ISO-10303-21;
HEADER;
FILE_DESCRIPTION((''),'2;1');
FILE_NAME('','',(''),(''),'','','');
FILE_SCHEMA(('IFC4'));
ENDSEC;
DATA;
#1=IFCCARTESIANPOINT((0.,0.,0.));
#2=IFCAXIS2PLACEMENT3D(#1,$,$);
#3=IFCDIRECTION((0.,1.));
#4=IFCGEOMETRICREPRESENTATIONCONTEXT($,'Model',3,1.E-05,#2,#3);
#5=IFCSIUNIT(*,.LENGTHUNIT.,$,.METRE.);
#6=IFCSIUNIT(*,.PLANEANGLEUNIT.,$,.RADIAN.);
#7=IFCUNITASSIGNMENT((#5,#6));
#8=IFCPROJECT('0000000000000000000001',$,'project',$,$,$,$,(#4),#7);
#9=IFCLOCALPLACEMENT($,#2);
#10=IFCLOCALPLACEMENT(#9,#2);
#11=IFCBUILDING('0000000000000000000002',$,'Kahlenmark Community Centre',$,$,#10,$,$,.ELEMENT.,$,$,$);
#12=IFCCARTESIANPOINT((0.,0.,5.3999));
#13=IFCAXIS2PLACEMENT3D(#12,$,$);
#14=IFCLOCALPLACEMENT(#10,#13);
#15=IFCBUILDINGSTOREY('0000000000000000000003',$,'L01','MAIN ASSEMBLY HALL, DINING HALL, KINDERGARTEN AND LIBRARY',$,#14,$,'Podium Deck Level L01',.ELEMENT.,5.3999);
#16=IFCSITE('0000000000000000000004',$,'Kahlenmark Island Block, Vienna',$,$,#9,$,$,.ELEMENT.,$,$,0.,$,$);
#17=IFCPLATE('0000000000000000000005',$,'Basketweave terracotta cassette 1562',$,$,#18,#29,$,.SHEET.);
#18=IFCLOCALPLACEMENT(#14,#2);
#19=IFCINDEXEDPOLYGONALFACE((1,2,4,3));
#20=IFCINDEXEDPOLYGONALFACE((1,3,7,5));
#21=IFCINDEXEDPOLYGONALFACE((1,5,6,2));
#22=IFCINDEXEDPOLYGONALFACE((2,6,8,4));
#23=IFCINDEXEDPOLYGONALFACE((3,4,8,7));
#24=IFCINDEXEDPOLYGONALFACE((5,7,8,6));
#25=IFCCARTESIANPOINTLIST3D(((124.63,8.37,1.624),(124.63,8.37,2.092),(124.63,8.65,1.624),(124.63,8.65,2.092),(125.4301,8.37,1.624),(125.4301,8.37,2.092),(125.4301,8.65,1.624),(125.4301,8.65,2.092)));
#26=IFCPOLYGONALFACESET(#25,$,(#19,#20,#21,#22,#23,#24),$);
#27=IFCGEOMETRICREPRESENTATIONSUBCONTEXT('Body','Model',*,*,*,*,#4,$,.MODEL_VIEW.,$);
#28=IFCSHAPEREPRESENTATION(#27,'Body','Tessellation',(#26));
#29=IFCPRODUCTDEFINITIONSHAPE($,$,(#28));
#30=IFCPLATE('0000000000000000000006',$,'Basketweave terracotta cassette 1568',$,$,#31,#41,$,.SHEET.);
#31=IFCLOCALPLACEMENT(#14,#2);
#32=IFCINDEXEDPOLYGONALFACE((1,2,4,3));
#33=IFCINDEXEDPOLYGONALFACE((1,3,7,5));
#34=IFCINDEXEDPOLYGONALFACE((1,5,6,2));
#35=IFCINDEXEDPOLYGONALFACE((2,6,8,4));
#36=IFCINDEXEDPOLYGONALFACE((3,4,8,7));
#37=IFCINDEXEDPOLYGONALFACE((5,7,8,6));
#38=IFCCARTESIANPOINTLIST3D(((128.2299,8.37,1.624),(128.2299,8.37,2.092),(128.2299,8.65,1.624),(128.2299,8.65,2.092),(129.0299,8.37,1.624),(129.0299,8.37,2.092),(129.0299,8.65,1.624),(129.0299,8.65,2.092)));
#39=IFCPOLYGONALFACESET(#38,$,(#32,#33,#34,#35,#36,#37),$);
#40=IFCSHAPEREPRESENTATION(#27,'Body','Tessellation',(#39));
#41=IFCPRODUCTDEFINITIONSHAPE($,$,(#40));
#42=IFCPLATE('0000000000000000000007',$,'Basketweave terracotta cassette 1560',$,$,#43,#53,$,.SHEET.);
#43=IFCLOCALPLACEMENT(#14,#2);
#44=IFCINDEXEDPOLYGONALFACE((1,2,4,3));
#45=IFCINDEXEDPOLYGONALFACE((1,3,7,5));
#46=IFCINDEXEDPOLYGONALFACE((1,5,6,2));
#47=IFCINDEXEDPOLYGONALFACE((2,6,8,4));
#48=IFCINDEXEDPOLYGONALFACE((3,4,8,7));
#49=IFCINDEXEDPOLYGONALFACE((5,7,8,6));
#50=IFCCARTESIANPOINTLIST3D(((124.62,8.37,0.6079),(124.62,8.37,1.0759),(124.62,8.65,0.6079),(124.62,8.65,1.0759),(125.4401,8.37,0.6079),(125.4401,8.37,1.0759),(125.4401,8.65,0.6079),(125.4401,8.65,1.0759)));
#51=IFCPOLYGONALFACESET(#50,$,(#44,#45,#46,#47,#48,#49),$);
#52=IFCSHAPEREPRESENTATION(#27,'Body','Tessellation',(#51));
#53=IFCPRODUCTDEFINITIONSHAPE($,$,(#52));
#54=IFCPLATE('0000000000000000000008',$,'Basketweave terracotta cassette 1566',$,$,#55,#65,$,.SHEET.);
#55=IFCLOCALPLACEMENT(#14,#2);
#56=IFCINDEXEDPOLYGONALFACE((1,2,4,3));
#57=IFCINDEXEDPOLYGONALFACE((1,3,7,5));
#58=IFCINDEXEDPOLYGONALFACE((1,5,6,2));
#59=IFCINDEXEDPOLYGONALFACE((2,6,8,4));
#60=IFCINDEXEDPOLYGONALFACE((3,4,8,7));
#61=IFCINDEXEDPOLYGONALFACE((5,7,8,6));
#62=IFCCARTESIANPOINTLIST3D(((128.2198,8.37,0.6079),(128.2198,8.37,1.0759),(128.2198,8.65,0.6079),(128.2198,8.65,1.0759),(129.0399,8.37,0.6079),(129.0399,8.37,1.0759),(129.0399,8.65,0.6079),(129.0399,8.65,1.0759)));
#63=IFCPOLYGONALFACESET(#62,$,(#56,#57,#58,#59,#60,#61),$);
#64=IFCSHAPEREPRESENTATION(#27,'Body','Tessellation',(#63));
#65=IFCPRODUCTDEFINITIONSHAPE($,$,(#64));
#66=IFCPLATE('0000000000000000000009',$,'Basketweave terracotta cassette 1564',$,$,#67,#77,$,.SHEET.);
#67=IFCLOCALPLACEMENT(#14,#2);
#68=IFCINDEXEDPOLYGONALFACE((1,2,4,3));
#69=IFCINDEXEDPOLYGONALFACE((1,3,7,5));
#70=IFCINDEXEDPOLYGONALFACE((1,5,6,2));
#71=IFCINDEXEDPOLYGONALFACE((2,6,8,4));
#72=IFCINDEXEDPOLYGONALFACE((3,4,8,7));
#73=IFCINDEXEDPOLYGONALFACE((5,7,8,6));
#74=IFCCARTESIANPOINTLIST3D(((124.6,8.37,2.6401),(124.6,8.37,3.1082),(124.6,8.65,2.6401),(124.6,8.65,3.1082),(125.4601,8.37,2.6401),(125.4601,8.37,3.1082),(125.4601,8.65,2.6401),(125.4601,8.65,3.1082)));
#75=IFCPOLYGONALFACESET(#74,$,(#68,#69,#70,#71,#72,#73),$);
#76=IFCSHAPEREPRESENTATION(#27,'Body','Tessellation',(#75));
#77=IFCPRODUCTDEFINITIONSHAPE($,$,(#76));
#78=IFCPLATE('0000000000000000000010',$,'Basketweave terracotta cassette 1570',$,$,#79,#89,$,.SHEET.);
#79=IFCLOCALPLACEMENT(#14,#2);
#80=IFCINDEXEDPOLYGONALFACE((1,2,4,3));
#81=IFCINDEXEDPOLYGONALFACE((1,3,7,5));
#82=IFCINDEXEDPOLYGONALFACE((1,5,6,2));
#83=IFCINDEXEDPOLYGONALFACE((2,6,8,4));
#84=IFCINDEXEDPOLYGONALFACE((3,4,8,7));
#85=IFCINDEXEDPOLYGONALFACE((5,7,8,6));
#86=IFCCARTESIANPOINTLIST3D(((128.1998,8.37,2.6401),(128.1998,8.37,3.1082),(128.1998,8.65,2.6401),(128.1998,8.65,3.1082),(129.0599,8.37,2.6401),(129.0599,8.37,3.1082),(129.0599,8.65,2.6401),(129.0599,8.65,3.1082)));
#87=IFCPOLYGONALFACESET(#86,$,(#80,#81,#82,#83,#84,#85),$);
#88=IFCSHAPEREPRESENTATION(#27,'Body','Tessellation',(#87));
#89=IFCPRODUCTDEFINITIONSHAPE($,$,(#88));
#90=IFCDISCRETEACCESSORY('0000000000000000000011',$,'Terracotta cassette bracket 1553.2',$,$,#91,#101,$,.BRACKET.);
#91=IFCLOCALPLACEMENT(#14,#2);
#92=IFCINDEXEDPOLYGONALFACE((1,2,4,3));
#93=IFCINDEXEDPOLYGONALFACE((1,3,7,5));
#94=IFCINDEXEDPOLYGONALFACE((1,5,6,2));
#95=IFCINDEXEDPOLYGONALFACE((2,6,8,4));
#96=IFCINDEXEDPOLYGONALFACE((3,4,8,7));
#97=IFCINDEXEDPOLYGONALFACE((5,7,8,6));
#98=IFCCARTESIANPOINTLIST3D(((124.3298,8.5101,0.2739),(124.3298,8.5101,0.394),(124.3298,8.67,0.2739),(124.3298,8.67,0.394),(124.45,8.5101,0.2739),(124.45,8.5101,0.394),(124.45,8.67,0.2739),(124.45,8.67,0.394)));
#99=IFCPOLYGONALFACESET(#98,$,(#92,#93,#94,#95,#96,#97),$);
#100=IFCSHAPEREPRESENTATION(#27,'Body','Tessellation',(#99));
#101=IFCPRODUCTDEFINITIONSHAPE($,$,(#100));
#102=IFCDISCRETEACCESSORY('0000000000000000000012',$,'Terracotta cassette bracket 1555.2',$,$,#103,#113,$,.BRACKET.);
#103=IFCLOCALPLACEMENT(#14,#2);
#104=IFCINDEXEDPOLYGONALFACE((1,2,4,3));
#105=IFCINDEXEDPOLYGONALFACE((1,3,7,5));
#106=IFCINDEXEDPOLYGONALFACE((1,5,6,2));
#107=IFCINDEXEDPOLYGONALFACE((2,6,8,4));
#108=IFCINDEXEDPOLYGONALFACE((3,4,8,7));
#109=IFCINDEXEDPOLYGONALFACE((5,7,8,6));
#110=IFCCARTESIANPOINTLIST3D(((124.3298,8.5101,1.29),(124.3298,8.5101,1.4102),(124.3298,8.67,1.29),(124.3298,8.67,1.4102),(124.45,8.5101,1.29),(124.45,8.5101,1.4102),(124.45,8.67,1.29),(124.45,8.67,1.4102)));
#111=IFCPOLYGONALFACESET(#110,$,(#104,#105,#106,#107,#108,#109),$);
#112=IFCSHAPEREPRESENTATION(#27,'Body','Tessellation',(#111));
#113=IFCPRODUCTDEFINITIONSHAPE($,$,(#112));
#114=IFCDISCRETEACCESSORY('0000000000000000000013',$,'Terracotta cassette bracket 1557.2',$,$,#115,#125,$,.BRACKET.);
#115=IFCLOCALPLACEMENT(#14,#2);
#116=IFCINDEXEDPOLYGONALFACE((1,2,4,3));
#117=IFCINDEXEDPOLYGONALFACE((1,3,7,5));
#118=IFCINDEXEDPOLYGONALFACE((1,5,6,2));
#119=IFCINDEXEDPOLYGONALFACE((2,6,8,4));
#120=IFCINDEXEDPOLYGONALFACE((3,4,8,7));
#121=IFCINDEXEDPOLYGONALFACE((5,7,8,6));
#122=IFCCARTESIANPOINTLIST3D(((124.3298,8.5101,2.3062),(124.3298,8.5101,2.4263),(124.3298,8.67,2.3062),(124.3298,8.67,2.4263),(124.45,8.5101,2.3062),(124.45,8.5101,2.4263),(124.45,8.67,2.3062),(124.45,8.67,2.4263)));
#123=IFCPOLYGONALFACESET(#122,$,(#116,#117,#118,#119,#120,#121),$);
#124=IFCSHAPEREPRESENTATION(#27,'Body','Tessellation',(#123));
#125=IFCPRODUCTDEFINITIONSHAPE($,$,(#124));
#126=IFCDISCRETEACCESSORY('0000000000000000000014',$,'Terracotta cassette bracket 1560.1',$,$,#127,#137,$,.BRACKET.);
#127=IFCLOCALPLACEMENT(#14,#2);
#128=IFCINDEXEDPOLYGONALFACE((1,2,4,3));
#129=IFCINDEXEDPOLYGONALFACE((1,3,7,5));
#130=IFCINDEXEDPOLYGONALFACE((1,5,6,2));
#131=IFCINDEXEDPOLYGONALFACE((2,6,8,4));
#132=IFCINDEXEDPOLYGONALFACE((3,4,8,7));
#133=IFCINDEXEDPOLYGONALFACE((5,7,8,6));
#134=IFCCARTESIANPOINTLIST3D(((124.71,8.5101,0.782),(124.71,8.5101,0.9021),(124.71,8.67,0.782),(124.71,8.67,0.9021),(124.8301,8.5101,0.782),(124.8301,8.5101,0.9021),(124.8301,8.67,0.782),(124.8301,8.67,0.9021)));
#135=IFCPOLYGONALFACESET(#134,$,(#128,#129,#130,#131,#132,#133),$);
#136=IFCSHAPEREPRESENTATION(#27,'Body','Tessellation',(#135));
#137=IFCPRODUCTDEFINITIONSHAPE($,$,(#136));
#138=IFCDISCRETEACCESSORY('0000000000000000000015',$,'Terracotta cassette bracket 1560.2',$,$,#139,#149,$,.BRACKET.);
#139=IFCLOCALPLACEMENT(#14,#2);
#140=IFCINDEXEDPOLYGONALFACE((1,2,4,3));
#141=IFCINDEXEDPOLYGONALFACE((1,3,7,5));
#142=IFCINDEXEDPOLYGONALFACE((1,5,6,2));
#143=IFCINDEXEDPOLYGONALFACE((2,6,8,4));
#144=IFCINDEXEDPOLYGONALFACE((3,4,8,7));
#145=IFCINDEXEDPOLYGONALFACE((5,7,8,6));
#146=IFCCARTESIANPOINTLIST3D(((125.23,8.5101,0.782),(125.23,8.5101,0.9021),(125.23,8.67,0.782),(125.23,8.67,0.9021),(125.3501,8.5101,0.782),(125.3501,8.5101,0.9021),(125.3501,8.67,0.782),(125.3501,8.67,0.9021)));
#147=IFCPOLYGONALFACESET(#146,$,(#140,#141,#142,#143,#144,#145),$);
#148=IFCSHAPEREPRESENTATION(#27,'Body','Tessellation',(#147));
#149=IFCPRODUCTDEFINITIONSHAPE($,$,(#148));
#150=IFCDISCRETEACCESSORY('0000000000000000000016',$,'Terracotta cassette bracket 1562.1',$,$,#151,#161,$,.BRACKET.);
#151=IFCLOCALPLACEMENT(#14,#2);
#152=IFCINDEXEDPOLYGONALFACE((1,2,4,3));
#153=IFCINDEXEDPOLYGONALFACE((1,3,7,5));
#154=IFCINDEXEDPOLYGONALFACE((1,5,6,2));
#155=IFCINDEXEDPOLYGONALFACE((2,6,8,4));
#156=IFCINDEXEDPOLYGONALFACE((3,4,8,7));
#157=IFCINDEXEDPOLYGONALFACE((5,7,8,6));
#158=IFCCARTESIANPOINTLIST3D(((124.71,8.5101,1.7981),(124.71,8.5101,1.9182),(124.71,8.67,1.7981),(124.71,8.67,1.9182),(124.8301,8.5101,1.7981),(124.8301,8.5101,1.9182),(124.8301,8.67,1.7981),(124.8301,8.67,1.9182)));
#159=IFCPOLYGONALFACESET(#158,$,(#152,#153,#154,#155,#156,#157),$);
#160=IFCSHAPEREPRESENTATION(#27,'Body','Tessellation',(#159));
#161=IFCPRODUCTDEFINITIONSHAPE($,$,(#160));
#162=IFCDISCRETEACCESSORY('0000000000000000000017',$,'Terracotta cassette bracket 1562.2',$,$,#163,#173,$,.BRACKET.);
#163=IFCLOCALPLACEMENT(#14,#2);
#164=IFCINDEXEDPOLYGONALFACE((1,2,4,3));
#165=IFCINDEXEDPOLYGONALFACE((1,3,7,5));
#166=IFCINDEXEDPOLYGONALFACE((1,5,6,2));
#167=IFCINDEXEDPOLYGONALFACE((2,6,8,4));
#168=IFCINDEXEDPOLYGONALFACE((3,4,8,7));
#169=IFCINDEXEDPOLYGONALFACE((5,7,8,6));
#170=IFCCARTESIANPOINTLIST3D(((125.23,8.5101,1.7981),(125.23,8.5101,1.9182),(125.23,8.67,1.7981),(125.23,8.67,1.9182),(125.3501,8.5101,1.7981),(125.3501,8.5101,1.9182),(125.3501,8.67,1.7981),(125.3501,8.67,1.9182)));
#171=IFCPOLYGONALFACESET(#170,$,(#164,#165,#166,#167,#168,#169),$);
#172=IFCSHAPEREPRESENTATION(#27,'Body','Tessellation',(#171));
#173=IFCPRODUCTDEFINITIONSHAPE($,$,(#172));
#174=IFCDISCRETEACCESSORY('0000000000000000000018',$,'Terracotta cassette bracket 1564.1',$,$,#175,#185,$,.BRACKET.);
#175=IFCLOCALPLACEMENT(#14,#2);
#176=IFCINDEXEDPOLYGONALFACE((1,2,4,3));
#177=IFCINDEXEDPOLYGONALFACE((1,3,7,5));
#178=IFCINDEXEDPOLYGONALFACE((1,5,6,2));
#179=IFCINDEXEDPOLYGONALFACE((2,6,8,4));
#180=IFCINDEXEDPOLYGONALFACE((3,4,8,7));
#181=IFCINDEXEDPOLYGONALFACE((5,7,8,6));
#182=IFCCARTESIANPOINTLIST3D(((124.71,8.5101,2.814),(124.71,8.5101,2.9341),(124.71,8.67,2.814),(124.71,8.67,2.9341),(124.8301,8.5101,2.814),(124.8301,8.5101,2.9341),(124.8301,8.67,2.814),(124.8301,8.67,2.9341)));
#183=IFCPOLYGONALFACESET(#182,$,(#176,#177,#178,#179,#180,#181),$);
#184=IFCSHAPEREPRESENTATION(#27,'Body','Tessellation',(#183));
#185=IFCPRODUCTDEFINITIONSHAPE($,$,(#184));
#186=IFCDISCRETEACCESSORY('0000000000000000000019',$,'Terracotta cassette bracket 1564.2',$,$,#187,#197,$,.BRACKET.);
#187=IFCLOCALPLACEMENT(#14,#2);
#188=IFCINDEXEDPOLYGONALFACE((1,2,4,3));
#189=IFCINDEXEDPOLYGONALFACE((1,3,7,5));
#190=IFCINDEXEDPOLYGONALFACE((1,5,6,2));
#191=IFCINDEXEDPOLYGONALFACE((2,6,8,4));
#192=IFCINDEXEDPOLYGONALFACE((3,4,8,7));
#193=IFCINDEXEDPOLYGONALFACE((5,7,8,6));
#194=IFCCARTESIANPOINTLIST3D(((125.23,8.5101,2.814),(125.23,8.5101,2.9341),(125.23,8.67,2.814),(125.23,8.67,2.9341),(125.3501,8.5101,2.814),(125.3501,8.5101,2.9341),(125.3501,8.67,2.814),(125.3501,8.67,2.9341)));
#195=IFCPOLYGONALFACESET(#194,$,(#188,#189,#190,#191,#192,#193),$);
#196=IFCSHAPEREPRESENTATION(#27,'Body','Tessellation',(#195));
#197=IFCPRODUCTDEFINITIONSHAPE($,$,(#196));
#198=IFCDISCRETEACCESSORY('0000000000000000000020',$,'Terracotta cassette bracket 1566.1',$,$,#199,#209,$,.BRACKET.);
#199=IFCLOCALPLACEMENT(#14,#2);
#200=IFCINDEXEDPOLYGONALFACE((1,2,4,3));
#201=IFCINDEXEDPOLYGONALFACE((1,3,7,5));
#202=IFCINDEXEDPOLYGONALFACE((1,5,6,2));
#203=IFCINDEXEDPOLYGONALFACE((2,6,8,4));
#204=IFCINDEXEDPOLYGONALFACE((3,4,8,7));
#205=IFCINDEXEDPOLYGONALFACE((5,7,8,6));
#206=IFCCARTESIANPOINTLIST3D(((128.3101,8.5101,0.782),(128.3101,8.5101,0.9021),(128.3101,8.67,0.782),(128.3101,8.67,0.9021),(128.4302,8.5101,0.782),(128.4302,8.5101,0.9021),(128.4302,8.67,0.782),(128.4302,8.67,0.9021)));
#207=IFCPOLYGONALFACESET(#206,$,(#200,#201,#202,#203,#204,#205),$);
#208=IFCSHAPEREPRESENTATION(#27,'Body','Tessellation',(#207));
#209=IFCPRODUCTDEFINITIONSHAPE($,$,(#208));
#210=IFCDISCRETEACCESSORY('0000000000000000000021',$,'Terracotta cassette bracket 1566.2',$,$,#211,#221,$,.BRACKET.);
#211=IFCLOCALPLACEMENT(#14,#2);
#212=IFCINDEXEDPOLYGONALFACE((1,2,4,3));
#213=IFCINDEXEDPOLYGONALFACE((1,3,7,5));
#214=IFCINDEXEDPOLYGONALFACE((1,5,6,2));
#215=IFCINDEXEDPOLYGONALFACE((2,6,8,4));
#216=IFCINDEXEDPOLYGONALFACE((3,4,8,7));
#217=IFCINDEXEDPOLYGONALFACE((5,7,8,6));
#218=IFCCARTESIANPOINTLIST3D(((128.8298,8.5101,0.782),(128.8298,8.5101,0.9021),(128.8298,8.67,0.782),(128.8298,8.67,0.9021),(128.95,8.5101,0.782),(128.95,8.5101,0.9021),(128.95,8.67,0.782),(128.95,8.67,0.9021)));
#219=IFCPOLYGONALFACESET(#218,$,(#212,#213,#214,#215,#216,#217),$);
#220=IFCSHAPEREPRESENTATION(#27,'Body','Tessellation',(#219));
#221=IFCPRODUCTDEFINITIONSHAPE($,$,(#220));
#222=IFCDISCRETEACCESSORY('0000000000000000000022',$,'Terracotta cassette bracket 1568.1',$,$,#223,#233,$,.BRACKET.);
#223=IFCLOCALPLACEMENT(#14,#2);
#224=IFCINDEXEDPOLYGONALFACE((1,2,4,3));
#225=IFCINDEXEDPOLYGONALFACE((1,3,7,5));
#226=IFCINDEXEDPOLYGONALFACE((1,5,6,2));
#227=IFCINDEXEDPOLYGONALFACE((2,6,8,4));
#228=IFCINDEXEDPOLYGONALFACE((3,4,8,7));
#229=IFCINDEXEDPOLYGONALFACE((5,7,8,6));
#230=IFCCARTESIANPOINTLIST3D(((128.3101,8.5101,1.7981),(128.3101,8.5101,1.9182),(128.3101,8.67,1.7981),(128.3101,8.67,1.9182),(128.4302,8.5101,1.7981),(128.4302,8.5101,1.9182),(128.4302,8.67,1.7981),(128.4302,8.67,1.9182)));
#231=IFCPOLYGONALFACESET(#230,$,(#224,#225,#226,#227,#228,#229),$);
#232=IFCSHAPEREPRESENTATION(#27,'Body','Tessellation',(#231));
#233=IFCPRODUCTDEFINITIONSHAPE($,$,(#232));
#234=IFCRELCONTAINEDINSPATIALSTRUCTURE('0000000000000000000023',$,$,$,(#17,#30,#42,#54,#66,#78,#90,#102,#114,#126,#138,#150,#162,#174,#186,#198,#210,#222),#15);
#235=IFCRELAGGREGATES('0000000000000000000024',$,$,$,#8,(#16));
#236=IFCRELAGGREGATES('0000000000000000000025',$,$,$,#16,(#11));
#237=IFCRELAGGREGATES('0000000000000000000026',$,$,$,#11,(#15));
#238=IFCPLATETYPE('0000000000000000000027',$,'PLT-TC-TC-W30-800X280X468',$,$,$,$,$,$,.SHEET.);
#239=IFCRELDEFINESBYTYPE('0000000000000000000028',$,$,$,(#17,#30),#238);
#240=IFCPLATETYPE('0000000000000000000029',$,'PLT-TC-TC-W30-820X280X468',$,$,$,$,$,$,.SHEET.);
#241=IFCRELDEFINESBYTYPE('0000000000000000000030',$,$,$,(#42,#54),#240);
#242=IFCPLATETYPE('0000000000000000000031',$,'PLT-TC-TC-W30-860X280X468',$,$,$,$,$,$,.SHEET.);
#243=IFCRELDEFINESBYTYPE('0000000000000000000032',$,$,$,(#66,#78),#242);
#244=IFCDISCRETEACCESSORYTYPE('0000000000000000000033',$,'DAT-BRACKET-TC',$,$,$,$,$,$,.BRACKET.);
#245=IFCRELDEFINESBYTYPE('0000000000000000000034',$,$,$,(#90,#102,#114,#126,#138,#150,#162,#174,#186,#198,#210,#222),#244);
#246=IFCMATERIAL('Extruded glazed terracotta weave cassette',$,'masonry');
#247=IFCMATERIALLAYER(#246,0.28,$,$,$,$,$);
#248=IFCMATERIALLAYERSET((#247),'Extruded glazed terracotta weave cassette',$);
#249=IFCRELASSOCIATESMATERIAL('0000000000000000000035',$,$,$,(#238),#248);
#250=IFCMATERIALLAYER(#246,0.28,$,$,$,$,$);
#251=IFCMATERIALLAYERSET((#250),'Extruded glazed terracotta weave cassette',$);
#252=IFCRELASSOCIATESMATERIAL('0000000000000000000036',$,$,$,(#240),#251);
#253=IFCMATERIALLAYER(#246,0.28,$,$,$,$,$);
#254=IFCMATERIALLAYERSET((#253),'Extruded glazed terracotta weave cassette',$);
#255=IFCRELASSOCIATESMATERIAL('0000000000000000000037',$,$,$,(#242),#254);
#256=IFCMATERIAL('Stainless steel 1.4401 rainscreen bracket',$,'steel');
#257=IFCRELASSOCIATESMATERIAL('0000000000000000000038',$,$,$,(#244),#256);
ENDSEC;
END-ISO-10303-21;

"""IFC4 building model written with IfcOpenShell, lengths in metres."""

from ifc_helpers import new_model, si_unit, direction, frame, origin, origin_2d, place, context, subcontext, project, spatial, rectangle, extrude, material, layer, layer_set, type_object, element, save


model = new_model("IFC4")

# Units and contexts
model_context = context("Model", 3, precision=1e-05, world=origin(), true_north=direction((0.0, 1.0)))
body_context = subcontext(model_context, "Body", "Model", "MODEL_VIEW")
ifc_project = project(units=[si_unit("LENGTHUNIT", "METRE"), si_unit("PLANEANGLEUNIT", "RADIAN")], contexts=[model_context])

# Site, building, storey
site_placement = place(None, origin())
site = spatial("IfcSite", under=ifc_project, at=site_placement, Name="Kahlenmark Island Block, Vienna", CompositionType="ELEMENT", RefElevation=0.0)
building_placement = place(site_placement, origin())
building = spatial("IfcBuilding", under=site, at=building_placement, Name="Kahlenmark Community Centre", CompositionType="ELEMENT")
storey_placement = place(building_placement, frame((0.0, 0.0, 5.3999)))
storey = spatial("IfcBuildingStorey", under=building, at=storey_placement, Name="L01", Description="MAIN ASSEMBLY HALL, DINING HALL, KINDERGARTEN AND LIBRARY", LongName="Podium Deck Level L01", CompositionType="ELEMENT", Elevation=5.3999)

# Plates
ifc_material_1 = material(Name="Extruded glazed terracotta weave cassette", Category="masonry")
ifc_layer_1 = layer(ifc_material_1, 0.28)
ifc_layer_set_1 = layer_set([ifc_layer_1], Name="Extruded glazed terracotta weave cassette")
plate_type_1 = type_object("IfcPlateType", Name="PLT-TC-TC-W30-800X280X468", PredefinedType="SHEET", material=ifc_layer_set_1)
for number, where, z_axis, x_axis, name in (
    (1, (125.03, 8.51, 1.624), (0.0, 0.0, 1.0), (1.0, 0.0, 0.0), "Basketweave terracotta cassette 1562"),
    (2, (128.6299, 8.51, 1.624), (0.0, 0.0, 1.0), (1.0, 0.0, 0.0), "Basketweave terracotta cassette 1568"),
):
    element("IfcPlate", number, at=place(storey_placement, frame(where, z_axis=z_axis, x_axis=x_axis)), inside=storey, type_object=plate_type_1, Name=name, PredefinedType="SHEET", context=body_context, shape_type="SweptSolid", body=[
        extrude(rectangle(XDim=0.8, YDim=0.28, at=origin_2d()), origin(), (0.0, 0.0, 1.0), 0.468),
    ])
ifc_layer_2 = layer(ifc_material_1, 0.28)
ifc_layer_set_2 = layer_set([ifc_layer_2], Name="Extruded glazed terracotta weave cassette")
plate_type_2 = type_object("IfcPlateType", Name="PLT-TC-TC-W30-820X280X468", PredefinedType="SHEET", material=ifc_layer_set_2)
for number, where, z_axis, x_axis, name in (
    (3, (125.03, 8.51, 0.6079), (0.0, 0.0, 1.0), (1.0, 0.0, 0.0), "Basketweave terracotta cassette 1560"),
    (4, (128.6299, 8.51, 0.6079), (0.0, 0.0, 1.0), (1.0, 0.0, 0.0), "Basketweave terracotta cassette 1566"),
):
    element("IfcPlate", number, at=place(storey_placement, frame(where, z_axis=z_axis, x_axis=x_axis)), inside=storey, type_object=plate_type_2, Name=name, PredefinedType="SHEET", context=body_context, shape_type="SweptSolid", body=[
        extrude(rectangle(XDim=0.8201, YDim=0.28, at=origin_2d()), origin(), (0.0, 0.0, 1.0), 0.468),
    ])
ifc_layer_3 = layer(ifc_material_1, 0.28)
ifc_layer_set_3 = layer_set([ifc_layer_3], Name="Extruded glazed terracotta weave cassette")
plate_type_3 = type_object("IfcPlateType", Name="PLT-TC-TC-W30-860X280X468", PredefinedType="SHEET", material=ifc_layer_set_3)
for number, where, z_axis, x_axis, name in (
    (5, (125.03, 8.51, 2.6401), (0.0, 0.0, 1.0), (1.0, 0.0, 0.0), "Basketweave terracotta cassette 1564"),
    (6, (128.6299, 8.51, 2.6401), (0.0, 0.0, 1.0), (1.0, 0.0, 0.0), "Basketweave terracotta cassette 1570"),
):
    element("IfcPlate", number, at=place(storey_placement, frame(where, z_axis=z_axis, x_axis=x_axis)), inside=storey, type_object=plate_type_3, Name=name, PredefinedType="SHEET", context=body_context, shape_type="SweptSolid", body=[
        extrude(rectangle(XDim=0.8601, YDim=0.28, at=origin_2d()), origin(), (0.0, 0.0, 1.0), 0.468),
    ])

# Discrete accessories
ifc_material_2 = material(Name="Stainless steel 1.4401 rainscreen bracket", Category="steel")
discrete_accessory_type = type_object("IfcDiscreteAccessoryType", Name="DAT-BRACKET-TC", PredefinedType="BRACKET", material=ifc_material_2)
for number, where, z_axis, x_axis, name in (
    (7, (124.3899, 8.5901, 0.2739), (0.0, 0.0, 1.0), (1.0, 0.0, 0.0), "Terracotta cassette bracket 1553.2"),
    (8, (124.3899, 8.5901, 1.29), (0.0, 0.0, 1.0), (1.0, 0.0, 0.0), "Terracotta cassette bracket 1555.2"),
    (9, (124.3899, 8.5901, 2.3062), (0.0, 0.0, 1.0), (1.0, 0.0, 0.0), "Terracotta cassette bracket 1557.2"),
    (10, (124.77, 8.5901, 0.782), (0.0, 0.0, 1.0), (1.0, 0.0, 0.0), "Terracotta cassette bracket 1560.1"),
    (11, (125.29, 8.5901, 0.782), (0.0, 0.0, 1.0), (1.0, 0.0, 0.0), "Terracotta cassette bracket 1560.2"),
    (12, (124.77, 8.5901, 1.7981), (0.0, 0.0, 1.0), (1.0, 0.0, 0.0), "Terracotta cassette bracket 1562.1"),
    (13, (125.29, 8.5901, 1.7981), (0.0, 0.0, 1.0), (1.0, 0.0, 0.0), "Terracotta cassette bracket 1562.2"),
    (14, (124.77, 8.5901, 2.814), (0.0, 0.0, 1.0), (1.0, 0.0, 0.0), "Terracotta cassette bracket 1564.1"),
    (15, (125.29, 8.5901, 2.814), (0.0, 0.0, 1.0), (1.0, 0.0, 0.0), "Terracotta cassette bracket 1564.2"),
    (16, (128.3701, 8.5901, 0.782), (0.0, 0.0, 1.0), (1.0, 0.0, 0.0), "Terracotta cassette bracket 1566.1"),
    (17, (128.8899, 8.5901, 0.782), (0.0, 0.0, 1.0), (1.0, 0.0, 0.0), "Terracotta cassette bracket 1566.2"),
    (18, (128.3701, 8.5901, 1.7981), (0.0, 0.0, 1.0), (1.0, 0.0, 0.0), "Terracotta cassette bracket 1568.1"),
):
    element("IfcDiscreteAccessory", number, at=place(storey_placement, frame(where, z_axis=z_axis, x_axis=x_axis)), inside=storey, type_object=discrete_accessory_type, Name=name, PredefinedType="BRACKET", context=body_context, shape_type="SweptSolid", body=[
        extrude(rectangle(XDim=0.1201, YDim=0.1599, at=origin_2d()), origin(), (0.0, 0.0, 1.0), 0.1201),
    ])

save(model, "model.ifc")
